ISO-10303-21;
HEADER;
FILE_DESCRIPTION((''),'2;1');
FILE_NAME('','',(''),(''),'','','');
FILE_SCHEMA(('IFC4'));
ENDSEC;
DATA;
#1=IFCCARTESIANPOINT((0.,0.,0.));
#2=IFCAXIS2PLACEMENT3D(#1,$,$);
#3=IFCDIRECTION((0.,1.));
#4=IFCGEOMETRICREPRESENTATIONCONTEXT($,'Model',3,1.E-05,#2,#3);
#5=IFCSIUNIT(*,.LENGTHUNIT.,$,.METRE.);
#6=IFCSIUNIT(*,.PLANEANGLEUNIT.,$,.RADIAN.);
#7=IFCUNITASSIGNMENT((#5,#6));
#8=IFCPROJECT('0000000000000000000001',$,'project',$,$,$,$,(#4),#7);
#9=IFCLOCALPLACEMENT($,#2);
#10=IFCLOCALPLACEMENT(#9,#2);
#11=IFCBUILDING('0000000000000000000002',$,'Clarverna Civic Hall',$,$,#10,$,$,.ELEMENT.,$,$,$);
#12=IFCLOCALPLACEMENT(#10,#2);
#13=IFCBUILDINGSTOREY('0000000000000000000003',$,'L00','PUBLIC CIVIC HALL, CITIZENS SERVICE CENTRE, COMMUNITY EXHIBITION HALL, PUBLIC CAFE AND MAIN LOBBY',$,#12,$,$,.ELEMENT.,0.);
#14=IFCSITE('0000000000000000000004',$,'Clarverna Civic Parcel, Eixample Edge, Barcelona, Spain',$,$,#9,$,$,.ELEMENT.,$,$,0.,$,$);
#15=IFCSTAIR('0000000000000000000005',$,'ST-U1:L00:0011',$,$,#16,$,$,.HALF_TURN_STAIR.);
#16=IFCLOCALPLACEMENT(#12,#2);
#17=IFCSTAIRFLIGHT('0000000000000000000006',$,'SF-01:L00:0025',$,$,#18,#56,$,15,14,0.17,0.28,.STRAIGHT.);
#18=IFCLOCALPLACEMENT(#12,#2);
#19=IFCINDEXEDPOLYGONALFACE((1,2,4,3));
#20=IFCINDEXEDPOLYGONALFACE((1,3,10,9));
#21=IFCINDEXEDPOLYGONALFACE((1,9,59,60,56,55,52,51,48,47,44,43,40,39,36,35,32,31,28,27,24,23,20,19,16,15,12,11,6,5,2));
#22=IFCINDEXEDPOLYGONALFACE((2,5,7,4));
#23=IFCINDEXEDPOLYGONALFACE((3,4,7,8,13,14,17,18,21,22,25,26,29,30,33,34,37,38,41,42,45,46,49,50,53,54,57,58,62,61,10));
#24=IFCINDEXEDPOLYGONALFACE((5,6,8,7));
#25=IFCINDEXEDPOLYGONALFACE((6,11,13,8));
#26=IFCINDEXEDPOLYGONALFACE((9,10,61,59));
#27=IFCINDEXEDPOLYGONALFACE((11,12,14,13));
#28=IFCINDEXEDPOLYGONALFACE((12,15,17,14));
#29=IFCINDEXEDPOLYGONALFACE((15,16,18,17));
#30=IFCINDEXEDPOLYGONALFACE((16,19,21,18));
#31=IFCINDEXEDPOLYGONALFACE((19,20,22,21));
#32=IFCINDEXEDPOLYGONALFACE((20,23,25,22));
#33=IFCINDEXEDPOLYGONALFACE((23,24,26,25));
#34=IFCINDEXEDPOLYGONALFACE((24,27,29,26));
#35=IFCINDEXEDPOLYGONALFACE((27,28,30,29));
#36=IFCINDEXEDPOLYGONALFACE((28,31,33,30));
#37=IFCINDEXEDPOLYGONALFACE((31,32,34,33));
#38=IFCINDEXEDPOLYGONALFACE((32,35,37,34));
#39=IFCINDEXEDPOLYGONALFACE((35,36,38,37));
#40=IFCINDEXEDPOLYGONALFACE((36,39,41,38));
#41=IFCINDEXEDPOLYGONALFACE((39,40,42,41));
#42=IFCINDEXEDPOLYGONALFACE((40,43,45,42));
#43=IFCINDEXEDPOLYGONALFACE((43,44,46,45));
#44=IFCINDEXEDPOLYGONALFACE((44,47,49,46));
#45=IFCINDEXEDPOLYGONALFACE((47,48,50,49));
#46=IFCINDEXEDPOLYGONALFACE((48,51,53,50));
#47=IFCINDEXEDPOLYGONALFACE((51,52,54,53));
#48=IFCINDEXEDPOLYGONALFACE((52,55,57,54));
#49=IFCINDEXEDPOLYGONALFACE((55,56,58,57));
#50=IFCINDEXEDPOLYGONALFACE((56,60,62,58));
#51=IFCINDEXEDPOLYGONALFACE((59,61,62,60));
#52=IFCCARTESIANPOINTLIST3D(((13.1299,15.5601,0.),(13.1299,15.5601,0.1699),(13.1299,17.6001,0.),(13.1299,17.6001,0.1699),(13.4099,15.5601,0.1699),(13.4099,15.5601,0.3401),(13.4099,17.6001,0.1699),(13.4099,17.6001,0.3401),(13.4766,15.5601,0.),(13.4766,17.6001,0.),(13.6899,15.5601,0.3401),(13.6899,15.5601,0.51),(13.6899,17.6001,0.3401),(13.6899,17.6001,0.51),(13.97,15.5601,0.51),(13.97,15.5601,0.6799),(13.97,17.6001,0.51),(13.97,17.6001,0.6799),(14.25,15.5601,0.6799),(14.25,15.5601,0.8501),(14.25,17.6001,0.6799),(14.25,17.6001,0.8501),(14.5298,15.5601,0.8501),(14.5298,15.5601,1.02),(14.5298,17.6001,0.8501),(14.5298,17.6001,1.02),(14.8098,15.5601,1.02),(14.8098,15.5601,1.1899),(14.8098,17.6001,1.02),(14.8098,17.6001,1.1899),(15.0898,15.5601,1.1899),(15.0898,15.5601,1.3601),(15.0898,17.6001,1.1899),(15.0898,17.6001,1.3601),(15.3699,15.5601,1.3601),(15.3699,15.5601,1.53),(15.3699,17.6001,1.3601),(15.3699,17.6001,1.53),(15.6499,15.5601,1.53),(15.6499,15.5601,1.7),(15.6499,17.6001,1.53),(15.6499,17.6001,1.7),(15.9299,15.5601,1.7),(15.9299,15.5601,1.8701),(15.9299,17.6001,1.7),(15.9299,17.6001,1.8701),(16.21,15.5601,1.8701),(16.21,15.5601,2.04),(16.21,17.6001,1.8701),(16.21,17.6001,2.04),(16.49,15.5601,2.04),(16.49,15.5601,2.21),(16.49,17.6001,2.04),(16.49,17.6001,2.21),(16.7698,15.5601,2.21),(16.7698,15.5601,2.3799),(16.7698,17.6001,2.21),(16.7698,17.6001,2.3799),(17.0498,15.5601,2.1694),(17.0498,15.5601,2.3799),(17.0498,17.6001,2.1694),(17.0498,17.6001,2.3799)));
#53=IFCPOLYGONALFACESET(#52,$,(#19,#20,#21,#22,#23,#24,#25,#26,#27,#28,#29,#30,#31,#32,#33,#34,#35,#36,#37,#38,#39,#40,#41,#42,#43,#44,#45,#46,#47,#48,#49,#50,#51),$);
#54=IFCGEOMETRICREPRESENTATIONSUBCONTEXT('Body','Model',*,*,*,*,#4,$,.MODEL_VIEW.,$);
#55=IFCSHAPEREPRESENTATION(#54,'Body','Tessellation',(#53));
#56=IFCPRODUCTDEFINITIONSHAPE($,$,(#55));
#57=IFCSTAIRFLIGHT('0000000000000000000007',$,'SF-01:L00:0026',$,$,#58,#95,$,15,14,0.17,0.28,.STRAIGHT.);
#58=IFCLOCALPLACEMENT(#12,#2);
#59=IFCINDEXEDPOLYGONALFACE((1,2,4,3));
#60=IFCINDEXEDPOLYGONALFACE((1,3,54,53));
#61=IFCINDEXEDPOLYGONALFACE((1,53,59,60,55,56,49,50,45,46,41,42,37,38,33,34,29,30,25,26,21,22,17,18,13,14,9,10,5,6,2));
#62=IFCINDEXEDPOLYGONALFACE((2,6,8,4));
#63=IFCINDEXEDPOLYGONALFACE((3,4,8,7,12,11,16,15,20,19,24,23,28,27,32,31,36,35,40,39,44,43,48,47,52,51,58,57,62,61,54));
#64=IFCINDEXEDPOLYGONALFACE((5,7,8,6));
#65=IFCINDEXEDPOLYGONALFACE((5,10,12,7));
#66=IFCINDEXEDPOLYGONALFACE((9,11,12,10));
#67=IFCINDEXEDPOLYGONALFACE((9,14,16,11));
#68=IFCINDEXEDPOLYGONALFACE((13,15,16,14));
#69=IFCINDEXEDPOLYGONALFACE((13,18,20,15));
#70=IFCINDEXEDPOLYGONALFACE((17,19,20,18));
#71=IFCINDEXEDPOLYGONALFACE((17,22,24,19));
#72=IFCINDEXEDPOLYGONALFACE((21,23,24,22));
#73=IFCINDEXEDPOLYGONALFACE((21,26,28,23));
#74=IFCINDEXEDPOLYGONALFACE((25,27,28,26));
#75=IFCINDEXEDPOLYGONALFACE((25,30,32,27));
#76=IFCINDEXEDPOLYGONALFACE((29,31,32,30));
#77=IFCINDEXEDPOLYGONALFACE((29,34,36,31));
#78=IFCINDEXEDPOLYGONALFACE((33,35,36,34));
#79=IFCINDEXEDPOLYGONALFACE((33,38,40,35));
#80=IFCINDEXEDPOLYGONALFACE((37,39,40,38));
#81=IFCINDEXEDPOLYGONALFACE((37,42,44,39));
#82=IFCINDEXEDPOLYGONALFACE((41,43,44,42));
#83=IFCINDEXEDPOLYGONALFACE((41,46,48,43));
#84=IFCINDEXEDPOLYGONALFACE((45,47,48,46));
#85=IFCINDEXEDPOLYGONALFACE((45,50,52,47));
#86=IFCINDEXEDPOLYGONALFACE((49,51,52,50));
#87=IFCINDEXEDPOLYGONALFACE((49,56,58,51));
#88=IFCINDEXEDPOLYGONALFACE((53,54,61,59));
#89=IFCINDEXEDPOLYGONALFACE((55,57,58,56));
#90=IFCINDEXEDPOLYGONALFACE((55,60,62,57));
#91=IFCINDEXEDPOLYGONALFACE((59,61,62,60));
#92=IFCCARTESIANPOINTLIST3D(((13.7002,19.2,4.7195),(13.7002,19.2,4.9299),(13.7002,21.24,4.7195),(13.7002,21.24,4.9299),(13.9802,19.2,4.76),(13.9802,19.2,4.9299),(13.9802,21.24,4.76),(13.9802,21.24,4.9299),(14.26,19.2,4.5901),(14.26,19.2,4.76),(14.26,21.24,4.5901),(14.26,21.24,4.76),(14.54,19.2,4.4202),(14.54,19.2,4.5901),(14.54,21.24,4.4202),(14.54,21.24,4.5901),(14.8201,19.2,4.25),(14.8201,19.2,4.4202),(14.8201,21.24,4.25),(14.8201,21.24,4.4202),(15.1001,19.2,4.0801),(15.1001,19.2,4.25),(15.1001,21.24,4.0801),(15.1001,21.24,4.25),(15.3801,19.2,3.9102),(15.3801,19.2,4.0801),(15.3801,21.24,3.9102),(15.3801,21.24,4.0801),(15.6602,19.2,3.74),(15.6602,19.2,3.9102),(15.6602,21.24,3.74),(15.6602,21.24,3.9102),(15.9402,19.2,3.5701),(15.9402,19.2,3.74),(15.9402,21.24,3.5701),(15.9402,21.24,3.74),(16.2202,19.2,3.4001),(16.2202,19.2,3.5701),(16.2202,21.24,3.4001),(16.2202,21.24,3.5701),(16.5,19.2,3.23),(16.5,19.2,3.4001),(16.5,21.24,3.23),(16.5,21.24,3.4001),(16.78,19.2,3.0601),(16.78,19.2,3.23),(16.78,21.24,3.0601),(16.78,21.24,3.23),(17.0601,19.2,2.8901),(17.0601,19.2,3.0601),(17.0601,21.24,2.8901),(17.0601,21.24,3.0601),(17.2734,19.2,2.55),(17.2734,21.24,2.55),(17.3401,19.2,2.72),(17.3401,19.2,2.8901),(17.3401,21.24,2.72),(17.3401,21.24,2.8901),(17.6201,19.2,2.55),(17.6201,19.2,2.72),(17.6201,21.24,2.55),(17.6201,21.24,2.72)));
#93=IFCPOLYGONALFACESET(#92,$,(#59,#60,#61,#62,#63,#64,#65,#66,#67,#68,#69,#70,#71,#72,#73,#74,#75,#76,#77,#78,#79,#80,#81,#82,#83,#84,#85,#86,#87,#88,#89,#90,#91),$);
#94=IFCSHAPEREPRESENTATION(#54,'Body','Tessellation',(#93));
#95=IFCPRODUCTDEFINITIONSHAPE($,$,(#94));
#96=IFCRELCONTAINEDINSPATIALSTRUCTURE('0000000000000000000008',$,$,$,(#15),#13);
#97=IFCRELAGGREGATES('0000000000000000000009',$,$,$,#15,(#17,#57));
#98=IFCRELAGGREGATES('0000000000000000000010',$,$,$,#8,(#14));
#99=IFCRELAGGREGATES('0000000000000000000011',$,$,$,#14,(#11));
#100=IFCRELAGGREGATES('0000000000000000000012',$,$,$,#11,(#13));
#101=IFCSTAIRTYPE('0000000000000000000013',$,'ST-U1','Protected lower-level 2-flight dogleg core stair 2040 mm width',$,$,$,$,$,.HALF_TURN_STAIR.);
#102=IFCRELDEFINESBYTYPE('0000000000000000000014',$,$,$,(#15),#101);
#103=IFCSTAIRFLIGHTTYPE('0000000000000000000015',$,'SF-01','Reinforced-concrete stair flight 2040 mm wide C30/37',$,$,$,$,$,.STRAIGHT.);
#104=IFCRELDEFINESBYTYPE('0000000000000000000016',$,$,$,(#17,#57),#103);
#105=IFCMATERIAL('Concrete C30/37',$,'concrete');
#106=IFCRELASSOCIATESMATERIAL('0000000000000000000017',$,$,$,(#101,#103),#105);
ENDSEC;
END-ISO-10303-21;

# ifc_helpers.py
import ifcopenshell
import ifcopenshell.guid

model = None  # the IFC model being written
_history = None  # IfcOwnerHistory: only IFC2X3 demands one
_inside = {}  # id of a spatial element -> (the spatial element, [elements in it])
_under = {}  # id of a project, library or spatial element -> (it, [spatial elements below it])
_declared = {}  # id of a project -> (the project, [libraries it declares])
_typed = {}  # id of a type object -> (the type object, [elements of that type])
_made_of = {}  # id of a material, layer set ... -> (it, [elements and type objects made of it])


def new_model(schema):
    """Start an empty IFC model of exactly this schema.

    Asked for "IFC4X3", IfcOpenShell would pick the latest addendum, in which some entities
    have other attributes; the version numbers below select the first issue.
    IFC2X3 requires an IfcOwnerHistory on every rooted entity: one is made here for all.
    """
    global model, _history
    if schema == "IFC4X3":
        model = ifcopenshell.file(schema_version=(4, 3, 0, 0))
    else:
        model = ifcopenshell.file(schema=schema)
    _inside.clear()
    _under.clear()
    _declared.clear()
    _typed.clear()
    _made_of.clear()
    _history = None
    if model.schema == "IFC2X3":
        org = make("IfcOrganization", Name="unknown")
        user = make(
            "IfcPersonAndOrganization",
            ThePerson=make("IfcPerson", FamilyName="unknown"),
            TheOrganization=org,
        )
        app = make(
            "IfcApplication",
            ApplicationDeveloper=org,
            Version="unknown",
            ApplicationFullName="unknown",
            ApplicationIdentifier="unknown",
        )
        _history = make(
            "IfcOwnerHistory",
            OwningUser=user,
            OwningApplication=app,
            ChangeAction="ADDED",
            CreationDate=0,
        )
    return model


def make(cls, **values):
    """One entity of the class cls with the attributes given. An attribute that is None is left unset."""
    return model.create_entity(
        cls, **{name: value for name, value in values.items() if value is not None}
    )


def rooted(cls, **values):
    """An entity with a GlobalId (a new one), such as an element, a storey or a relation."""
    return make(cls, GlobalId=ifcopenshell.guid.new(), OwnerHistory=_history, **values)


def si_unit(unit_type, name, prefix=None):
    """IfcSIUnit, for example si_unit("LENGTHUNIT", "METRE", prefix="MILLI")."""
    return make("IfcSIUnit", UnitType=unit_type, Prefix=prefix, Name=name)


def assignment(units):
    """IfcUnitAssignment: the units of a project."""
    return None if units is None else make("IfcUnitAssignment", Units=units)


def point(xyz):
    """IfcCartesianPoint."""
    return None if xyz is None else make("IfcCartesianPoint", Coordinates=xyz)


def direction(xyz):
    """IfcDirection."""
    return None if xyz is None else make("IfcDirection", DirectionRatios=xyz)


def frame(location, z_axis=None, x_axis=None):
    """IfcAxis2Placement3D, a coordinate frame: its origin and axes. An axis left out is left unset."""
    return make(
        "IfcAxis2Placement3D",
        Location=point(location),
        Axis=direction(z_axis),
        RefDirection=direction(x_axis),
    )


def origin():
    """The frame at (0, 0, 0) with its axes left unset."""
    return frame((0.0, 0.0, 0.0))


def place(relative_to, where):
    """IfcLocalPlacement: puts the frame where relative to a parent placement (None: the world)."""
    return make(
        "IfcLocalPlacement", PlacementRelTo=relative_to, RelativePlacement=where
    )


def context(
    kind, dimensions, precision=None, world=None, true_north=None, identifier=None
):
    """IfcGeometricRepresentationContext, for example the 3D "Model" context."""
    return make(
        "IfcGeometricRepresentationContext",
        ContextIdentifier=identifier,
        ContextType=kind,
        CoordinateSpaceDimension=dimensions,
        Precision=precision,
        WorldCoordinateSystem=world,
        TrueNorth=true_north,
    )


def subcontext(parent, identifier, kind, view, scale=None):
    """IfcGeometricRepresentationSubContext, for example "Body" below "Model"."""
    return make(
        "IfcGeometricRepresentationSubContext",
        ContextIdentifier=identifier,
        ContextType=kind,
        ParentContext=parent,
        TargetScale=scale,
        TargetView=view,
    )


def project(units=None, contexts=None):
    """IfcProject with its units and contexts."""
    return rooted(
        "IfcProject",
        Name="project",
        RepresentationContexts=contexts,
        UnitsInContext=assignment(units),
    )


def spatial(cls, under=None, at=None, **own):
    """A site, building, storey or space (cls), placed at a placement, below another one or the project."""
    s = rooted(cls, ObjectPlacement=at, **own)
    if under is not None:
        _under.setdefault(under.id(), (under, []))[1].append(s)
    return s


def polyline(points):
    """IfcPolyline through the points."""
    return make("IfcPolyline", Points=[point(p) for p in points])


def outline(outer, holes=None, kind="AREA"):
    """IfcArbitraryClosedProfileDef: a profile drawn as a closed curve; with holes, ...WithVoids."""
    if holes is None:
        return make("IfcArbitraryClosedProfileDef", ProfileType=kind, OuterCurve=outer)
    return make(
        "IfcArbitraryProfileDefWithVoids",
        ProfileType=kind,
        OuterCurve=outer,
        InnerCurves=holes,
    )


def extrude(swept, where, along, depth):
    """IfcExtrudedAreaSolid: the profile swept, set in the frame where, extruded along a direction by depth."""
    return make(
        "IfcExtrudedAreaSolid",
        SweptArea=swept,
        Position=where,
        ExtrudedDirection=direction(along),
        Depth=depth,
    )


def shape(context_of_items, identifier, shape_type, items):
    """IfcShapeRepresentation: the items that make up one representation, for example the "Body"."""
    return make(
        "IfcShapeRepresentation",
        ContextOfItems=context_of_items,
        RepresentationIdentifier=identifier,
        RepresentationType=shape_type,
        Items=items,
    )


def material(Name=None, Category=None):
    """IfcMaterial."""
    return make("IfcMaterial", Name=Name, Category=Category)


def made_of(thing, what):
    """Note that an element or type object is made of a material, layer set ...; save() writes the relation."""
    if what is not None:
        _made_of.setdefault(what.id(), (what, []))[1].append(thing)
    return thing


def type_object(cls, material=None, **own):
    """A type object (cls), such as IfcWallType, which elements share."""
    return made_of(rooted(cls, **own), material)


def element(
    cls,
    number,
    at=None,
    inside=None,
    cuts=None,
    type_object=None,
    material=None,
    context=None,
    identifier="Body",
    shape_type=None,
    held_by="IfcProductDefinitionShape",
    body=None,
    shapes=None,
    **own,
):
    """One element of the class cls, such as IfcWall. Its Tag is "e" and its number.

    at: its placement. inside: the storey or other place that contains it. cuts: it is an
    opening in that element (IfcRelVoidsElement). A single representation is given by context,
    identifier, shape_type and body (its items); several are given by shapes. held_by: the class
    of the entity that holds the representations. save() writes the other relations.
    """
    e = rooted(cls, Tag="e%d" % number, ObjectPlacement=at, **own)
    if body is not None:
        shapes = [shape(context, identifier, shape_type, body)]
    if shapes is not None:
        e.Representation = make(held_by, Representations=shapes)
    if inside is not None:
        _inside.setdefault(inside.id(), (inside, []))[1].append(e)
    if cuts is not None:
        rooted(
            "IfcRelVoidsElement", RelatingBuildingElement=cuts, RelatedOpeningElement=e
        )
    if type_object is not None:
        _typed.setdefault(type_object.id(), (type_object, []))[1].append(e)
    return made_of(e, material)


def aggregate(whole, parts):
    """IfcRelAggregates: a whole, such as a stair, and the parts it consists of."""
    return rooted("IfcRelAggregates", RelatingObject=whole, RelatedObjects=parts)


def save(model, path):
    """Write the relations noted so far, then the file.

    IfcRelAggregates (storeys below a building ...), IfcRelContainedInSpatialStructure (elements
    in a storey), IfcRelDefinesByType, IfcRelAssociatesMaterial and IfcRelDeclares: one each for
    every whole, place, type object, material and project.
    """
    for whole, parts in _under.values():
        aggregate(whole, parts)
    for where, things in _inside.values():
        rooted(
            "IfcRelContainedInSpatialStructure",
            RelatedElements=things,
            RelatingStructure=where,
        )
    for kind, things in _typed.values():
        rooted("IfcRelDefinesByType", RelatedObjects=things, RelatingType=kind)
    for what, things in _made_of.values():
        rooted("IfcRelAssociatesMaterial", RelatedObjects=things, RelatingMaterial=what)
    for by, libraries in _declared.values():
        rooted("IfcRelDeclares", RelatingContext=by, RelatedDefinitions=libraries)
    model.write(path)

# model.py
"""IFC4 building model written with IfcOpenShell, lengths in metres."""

from ifc_helpers import new_model, si_unit, direction, frame, origin, place, context, subcontext, project, spatial, polyline, outline, extrude, material, type_object, element, aggregate, save


model = new_model("IFC4")

# Units and contexts
model_context = context("Model", 3, precision=1e-05, world=origin(), true_north=direction((0.0, 1.0)))
body_context = subcontext(model_context, "Body", "Model", "MODEL_VIEW")
ifc_project = project(units=[si_unit("LENGTHUNIT", "METRE"), si_unit("PLANEANGLEUNIT", "RADIAN")], contexts=[model_context])

# Site, building, storey
site_placement = place(None, origin())
site = spatial("IfcSite", under=ifc_project, at=site_placement, Name="Clarverna Civic Parcel, Eixample Edge, Barcelona, Spain", CompositionType="ELEMENT", RefElevation=0.0)
building_placement = place(site_placement, origin())
building = spatial("IfcBuilding", under=site, at=building_placement, Name="Clarverna Civic Hall", CompositionType="ELEMENT")
storey_placement = place(building_placement, origin())
storey = spatial("IfcBuildingStorey", under=building, at=storey_placement, Name="L00", Description="PUBLIC CIVIC HALL, CITIZENS SERVICE CENTRE, COMMUNITY EXHIBITION HALL, PUBLIC CAFE AND MAIN LOBBY", CompositionType="ELEMENT", Elevation=0.0)

# Stair, stair flights
ifc_material_1 = material(Name="Concrete C30/37", Category="concrete")
stair_type = type_object("IfcStairType", Name="ST-U1", Description="Protected lower-level 2-flight dogleg core stair 2040 mm width", PredefinedType="HALF_TURN_STAIR", material=ifc_material_1)
stair_placement = place(storey_placement, origin())
stair = element("IfcStair", 1, at=stair_placement, inside=storey, type_object=stair_type, Name="ST-U1:L00:0011", PredefinedType="HALF_TURN_STAIR")
stair_flight_type = type_object("IfcStairFlightType", Name="SF-01", Description="Reinforced-concrete stair flight 2040 mm wide C30/37", PredefinedType="STRAIGHT", material=ifc_material_1)
stair_flight_1_placement = place(storey_placement, frame((13.1299, 16.5801, 0.0), z_axis=(0.0, 0.0, 1.0), x_axis=(1.0, 0.0, 0.0)))
stair_flight_1 = element("IfcStairFlight", 2, at=stair_flight_1_placement, type_object=stair_flight_type, Name="SF-01:L00:0025", NumberOfRisers=15, NumberOfTreads=14, PredefinedType="STRAIGHT", RiserHeight=0.17, TreadLength=0.28, context=body_context, shape_type="SweptSolid", body=[
    extrude(outline(polyline([(0.0, 0.0), (0.0, 0.1699), (0.28, 0.1699), (0.28, 0.3401), (0.5601, 0.3401), (0.5601, 0.51), (0.8401, 0.51), (0.8401, 0.6799), (1.1201, 0.6799), (1.1201, 0.8501), (1.3999, 0.8501), (1.3999, 1.02), (1.6799, 1.02), (1.6799, 1.1899), (1.96, 1.1899), (1.96, 1.3601), (2.24, 1.3601), (2.24, 1.53), (2.52, 1.53), (2.52, 1.7), (2.8, 1.7), (2.8, 1.8701), (3.0801, 1.8701), (3.0801, 2.04), (3.3601, 2.04), (3.3601, 2.21), (3.6399, 2.21), (3.6399, 2.3799), (3.9199, 2.3799), (3.9199, 2.55), (3.9199, 2.1694), (0.3467, 0.0), (0.0, 0.0)])), frame((0.0, 1.02, 0.0), z_axis=(0.0, -1.0, 0.0), x_axis=(1.0, 0.0, 0.0)), (0.0, 0.0, 1.0), 2.04),
])
stair_flight_2_placement = place(storey_placement, frame((17.6201, 20.22, 2.55), z_axis=(0.0, 0.0, 1.0), x_axis=(-1.0, 0.0, 0.0)))
stair_flight_2 = element("IfcStairFlight", 3, at=stair_flight_2_placement, type_object=stair_flight_type, Name="SF-01:L00:0026", NumberOfRisers=15, NumberOfTreads=14, PredefinedType="STRAIGHT", RiserHeight=0.17, TreadLength=0.28, context=body_context, shape_type="SweptSolid", body=[
    extrude(outline(polyline([(0.0, 0.0), (0.0, 0.1699), (0.28, 0.1699), (0.28, 0.3401), (0.5601, 0.3401), (0.5601, 0.51), (0.8401, 0.51), (0.8401, 0.6799), (1.1201, 0.6799), (1.1201, 0.8501), (1.3999, 0.8501), (1.3999, 1.02), (1.6799, 1.02), (1.6799, 1.1899), (1.96, 1.1899), (1.96, 1.3601), (2.24, 1.3601), (2.24, 1.53), (2.52, 1.53), (2.52, 1.7), (2.8, 1.7), (2.8, 1.8701), (3.0801, 1.8701), (3.0801, 2.04), (3.3601, 2.04), (3.3601, 2.21), (3.6399, 2.21), (3.6399, 2.3799), (3.9199, 2.3799), (3.9199, 2.55), (3.9199, 2.1694), (0.3467, 0.0), (0.0, 0.0)])), frame((0.0, 1.02, 0.0), z_axis=(0.0, -1.0, 0.0), x_axis=(1.0, 0.0, 0.0)), (0.0, 0.0, 1.0), 2.04),
])
aggregate(stair, [stair_flight_1, stair_flight_2])

save(model, "model.ifc")
